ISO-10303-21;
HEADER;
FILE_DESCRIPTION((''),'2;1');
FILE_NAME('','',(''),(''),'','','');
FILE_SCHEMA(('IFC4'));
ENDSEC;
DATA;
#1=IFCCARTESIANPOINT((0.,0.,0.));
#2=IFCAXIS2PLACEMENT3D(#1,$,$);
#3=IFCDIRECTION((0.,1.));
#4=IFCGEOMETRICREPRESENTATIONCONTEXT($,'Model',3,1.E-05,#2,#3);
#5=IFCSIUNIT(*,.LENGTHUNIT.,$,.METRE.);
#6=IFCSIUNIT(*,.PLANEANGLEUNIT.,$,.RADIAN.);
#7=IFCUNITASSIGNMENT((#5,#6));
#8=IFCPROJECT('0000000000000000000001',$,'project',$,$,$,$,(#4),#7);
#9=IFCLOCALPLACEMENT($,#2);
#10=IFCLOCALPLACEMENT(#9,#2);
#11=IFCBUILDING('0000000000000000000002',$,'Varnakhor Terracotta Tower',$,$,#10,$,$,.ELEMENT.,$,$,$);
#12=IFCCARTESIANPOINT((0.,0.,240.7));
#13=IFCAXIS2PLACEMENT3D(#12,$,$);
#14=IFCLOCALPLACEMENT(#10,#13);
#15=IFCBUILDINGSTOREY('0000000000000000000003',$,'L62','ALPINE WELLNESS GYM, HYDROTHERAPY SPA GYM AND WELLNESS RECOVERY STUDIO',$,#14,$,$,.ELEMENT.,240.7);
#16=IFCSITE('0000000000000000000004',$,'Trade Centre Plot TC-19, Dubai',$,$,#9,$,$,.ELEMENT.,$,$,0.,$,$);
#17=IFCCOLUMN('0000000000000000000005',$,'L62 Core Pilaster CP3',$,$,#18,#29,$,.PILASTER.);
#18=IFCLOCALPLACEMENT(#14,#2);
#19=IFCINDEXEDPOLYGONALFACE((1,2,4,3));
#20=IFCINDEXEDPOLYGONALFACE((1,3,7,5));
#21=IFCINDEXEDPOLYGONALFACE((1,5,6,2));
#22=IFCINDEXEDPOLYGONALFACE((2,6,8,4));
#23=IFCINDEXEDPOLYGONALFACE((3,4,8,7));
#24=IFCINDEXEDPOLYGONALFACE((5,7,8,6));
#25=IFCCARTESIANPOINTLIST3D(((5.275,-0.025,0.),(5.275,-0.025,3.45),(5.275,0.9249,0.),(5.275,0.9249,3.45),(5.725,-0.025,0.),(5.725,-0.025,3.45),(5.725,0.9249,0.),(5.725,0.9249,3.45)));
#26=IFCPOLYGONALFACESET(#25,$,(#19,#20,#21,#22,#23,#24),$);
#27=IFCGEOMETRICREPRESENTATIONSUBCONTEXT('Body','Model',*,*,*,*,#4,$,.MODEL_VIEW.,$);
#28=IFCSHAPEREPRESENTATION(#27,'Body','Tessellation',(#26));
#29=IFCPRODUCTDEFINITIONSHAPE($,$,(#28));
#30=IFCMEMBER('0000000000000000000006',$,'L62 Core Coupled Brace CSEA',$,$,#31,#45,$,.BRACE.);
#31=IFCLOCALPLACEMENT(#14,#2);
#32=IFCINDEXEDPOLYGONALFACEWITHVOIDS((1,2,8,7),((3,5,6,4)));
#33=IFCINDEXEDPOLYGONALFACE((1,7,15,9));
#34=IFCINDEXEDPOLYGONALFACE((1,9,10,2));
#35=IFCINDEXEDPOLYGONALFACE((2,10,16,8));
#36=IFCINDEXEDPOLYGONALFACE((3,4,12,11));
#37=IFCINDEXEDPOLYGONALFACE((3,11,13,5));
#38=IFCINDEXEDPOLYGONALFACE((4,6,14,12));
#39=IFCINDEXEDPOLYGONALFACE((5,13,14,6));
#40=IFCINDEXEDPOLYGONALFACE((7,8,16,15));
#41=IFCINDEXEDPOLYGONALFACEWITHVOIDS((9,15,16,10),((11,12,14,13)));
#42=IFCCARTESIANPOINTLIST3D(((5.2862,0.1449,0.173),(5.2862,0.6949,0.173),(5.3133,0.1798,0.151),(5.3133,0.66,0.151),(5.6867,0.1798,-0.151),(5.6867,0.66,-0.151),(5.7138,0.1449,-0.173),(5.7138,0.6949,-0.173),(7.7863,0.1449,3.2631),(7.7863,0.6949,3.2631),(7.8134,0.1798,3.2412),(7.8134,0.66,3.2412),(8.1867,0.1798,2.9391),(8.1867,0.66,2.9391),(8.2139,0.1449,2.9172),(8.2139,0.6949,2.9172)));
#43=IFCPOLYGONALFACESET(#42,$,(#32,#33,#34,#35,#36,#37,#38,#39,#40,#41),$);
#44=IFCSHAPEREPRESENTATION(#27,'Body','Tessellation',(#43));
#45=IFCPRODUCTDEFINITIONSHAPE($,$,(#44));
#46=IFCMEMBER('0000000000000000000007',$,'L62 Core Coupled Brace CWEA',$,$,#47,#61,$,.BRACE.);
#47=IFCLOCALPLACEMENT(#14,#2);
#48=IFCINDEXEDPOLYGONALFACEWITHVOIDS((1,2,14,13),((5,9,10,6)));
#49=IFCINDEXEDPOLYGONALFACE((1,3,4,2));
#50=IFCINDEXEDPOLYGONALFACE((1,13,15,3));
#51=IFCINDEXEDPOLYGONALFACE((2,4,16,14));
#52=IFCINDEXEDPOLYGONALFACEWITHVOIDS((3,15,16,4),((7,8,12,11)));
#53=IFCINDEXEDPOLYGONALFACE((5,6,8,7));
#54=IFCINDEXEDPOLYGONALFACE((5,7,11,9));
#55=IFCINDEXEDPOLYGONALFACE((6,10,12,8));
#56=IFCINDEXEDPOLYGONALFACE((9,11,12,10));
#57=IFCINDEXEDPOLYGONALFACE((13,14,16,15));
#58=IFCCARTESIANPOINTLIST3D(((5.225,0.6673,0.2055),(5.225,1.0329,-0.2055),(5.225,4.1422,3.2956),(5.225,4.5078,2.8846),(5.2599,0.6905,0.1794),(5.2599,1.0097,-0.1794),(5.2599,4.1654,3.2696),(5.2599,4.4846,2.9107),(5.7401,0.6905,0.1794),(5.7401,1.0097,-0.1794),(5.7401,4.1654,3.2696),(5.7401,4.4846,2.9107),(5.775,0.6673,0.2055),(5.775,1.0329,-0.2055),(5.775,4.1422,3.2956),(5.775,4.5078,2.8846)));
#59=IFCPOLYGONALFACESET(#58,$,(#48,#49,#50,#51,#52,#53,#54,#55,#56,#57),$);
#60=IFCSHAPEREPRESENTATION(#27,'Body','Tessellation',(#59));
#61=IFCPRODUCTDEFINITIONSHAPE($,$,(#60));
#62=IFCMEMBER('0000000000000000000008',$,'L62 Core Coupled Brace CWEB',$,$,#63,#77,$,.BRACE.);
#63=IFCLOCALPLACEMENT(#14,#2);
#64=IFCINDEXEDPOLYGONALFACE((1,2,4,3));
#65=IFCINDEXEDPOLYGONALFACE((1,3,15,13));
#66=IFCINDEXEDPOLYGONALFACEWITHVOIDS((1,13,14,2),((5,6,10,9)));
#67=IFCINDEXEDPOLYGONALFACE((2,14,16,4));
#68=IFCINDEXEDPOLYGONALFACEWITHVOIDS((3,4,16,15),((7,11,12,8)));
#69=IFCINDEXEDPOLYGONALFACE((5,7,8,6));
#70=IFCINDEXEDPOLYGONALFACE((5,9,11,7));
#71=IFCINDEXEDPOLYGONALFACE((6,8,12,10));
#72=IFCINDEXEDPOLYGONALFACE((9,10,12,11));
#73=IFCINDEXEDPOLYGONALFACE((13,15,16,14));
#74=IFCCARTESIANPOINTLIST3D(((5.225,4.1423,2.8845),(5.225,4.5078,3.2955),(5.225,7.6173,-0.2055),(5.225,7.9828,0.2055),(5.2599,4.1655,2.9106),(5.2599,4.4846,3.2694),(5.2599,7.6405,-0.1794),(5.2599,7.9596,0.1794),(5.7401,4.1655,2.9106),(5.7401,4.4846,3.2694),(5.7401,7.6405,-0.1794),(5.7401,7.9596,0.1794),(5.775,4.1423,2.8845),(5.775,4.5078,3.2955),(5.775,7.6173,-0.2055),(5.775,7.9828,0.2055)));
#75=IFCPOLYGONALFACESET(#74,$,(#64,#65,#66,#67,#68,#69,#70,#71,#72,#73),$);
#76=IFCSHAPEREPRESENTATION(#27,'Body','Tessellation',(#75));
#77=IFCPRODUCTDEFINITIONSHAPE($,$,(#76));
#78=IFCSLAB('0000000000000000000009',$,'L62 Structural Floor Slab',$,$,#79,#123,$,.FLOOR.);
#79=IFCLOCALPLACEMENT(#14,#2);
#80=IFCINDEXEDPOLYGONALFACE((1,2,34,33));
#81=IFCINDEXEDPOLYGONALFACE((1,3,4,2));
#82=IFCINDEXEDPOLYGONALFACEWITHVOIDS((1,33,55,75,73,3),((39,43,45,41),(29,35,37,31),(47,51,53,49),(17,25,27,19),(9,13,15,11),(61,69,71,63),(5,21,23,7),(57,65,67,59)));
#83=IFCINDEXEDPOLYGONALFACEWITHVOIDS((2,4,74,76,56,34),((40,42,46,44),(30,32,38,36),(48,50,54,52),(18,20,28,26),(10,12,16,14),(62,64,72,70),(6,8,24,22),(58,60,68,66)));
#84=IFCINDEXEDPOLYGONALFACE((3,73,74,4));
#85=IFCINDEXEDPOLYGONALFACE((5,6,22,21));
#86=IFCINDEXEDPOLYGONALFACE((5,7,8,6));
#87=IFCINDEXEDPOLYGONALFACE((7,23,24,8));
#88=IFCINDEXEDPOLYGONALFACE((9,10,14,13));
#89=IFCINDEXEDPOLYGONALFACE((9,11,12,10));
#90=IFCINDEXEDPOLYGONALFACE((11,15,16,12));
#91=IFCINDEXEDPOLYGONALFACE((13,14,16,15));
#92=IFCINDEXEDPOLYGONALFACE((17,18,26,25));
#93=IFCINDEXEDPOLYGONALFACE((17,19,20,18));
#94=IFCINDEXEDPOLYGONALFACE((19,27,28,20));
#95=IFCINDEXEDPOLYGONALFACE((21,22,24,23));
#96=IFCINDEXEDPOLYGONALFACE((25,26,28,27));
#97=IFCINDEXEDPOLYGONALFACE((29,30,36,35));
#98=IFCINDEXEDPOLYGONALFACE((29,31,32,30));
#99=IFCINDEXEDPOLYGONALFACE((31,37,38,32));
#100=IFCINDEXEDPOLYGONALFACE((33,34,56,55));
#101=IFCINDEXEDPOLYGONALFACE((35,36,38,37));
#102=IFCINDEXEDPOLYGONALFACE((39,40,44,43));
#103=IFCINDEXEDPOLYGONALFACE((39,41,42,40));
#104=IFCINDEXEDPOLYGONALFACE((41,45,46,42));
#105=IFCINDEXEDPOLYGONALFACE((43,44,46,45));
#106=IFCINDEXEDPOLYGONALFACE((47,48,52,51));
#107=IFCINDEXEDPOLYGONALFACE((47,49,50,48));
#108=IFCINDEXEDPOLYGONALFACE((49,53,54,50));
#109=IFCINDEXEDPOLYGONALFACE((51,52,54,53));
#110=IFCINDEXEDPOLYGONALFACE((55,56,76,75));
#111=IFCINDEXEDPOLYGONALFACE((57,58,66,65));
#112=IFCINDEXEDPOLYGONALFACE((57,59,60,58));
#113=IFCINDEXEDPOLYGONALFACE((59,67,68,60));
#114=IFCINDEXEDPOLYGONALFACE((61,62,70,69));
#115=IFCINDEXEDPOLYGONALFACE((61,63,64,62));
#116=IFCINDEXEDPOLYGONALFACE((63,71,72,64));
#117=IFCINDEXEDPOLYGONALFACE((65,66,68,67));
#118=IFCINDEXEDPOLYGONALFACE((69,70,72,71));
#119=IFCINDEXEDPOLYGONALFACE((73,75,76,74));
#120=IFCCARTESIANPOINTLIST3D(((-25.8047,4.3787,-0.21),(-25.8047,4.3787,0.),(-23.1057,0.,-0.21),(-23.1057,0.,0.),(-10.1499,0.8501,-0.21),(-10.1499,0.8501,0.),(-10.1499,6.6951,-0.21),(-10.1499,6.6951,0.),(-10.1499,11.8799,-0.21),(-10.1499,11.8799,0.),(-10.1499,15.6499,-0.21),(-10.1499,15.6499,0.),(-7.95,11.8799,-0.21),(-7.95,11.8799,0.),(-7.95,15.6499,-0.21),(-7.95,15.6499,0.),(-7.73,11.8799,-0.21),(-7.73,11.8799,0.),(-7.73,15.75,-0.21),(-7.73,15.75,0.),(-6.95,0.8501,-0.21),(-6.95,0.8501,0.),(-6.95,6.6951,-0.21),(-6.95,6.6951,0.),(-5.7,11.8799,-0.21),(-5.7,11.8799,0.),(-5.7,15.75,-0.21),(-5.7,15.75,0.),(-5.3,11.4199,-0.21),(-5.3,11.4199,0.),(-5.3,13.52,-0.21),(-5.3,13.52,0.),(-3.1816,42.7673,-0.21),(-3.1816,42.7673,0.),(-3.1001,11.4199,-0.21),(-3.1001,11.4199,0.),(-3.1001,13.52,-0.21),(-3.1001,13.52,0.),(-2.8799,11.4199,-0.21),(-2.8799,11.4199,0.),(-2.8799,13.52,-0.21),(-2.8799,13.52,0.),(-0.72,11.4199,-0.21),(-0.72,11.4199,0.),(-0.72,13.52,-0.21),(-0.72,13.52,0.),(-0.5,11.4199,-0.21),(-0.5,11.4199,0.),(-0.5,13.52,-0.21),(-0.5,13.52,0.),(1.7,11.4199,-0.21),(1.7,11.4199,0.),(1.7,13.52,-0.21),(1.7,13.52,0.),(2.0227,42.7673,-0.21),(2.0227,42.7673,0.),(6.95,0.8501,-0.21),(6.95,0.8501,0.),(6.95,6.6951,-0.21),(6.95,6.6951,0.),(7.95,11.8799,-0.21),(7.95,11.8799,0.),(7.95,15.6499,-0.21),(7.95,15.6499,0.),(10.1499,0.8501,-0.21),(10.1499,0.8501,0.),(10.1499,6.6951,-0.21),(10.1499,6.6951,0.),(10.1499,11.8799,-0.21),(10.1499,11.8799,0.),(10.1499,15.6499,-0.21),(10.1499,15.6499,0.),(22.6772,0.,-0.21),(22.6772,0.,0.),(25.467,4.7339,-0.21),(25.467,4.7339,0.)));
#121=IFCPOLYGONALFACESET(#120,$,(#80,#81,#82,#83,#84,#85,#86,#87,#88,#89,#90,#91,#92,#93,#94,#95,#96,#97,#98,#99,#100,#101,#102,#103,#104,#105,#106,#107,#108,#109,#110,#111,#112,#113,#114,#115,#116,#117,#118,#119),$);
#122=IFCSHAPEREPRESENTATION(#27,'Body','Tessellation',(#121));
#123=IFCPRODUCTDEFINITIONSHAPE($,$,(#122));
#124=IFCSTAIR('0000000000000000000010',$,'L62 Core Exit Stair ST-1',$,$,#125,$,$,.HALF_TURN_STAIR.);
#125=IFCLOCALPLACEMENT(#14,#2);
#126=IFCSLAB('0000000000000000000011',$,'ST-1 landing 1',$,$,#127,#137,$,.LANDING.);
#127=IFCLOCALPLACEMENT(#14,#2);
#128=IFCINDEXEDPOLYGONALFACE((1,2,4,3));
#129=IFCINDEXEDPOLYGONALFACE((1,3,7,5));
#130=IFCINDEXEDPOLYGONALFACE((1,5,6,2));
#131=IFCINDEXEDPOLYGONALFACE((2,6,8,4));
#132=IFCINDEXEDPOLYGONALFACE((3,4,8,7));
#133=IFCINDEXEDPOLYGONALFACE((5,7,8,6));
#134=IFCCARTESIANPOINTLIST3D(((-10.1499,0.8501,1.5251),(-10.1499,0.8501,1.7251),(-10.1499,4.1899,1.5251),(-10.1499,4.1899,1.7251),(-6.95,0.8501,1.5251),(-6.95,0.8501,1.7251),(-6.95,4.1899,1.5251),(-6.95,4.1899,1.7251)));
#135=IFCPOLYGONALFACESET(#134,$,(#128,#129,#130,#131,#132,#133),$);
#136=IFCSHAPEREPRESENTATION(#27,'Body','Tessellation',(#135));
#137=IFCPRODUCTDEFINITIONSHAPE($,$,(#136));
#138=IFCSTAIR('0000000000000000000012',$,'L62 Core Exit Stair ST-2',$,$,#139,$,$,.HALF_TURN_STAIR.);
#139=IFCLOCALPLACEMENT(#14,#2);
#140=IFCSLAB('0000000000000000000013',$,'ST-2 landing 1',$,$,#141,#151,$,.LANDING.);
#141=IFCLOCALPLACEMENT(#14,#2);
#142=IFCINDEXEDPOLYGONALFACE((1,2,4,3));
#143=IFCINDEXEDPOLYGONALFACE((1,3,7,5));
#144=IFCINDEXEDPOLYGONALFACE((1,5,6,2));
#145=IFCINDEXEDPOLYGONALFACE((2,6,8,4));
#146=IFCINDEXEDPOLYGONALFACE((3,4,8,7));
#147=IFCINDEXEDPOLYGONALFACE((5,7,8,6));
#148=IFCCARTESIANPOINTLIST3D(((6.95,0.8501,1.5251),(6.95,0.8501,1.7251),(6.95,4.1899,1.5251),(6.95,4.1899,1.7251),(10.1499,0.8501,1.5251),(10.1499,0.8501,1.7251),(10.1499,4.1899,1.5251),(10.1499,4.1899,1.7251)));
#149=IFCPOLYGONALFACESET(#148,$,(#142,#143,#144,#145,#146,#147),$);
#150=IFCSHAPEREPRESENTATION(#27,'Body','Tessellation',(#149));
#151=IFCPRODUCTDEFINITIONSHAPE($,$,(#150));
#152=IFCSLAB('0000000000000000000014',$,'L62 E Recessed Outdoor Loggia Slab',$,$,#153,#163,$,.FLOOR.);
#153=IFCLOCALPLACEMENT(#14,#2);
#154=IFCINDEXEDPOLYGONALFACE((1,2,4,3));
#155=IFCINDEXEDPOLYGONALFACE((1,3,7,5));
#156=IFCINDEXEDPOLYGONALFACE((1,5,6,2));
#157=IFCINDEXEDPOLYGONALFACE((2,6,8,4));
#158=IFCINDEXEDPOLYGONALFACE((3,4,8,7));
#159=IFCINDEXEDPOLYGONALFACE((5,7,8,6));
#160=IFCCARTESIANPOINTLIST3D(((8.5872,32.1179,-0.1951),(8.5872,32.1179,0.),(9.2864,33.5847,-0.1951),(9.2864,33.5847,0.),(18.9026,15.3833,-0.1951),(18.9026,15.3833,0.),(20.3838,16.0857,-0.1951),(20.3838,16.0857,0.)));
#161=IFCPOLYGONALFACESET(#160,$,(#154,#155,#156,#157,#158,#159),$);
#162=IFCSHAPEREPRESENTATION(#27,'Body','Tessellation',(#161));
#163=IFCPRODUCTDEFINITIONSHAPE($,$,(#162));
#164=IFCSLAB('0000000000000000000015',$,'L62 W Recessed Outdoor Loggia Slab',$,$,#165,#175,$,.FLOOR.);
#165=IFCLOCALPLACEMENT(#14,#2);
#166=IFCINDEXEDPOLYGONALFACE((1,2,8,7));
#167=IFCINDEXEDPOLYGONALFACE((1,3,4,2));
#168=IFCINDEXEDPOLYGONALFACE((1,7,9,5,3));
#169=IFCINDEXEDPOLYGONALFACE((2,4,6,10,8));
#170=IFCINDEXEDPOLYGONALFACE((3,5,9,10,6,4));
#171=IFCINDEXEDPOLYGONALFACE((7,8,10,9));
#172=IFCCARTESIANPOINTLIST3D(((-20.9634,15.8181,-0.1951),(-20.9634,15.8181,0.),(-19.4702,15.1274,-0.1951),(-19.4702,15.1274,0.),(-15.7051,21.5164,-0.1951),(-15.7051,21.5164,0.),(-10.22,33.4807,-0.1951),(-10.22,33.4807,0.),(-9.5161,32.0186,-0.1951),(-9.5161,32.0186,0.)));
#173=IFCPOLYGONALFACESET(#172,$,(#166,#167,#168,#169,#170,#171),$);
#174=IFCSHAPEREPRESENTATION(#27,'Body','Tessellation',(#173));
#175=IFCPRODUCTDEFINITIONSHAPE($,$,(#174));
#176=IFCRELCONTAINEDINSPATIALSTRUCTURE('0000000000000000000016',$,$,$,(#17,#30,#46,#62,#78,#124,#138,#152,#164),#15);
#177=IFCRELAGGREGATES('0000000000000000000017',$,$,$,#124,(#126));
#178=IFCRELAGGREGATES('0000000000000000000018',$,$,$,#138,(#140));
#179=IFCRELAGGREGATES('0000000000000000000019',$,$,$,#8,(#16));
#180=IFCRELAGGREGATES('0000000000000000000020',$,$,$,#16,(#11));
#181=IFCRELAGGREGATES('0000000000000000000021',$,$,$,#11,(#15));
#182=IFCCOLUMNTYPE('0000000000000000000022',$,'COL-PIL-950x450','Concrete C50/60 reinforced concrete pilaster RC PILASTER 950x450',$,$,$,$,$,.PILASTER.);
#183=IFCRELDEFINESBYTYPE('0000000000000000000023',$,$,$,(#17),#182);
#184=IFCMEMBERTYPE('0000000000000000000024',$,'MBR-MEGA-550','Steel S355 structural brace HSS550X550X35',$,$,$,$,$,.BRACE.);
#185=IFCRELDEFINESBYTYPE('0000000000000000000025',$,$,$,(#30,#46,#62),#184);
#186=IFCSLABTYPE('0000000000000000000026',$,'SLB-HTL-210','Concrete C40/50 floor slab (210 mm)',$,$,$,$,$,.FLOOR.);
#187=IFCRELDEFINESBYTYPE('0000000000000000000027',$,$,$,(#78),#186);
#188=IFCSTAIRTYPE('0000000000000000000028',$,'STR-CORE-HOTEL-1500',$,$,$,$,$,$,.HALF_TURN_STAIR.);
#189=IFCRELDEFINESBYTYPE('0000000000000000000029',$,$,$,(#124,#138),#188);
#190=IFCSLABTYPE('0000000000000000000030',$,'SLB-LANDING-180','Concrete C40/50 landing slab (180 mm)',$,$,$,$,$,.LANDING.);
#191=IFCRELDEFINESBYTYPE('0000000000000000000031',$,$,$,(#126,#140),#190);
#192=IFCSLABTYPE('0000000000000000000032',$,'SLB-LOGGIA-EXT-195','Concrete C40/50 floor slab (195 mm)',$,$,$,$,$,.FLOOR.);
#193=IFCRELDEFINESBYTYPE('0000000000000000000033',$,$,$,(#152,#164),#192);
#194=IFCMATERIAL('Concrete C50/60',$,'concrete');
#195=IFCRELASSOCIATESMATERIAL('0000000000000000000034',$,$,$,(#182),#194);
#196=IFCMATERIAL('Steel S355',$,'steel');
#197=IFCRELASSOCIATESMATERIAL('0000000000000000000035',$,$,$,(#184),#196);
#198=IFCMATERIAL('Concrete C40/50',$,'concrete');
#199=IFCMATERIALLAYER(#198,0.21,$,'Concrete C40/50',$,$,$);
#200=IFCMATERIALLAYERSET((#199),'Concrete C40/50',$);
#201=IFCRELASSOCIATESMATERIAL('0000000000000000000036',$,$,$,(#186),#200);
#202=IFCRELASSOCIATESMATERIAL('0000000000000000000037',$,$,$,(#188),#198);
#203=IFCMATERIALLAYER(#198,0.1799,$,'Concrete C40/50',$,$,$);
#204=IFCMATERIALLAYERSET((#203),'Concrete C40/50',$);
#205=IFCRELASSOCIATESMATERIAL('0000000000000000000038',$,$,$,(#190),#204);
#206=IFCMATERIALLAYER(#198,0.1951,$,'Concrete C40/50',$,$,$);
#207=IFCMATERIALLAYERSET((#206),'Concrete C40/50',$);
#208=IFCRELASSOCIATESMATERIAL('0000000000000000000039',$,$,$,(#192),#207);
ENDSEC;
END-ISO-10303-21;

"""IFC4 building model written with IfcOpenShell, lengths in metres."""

from ifc_helpers import new_model, si_unit, direction, frame, origin, origin_2d, place, context, subcontext, project, spatial, polyline, rectangle, hollow_rectangle, outline, extrude, source, transform, mapped, material, layer, layer_set, material_profile, profile_set, type_object, element, aggregate, save


model = new_model("IFC4")

# Units and contexts
model_context = context("Model", 3, precision=1e-05, world=origin(), true_north=direction((0.0, 1.0)))
body_context = subcontext(model_context, "Body", "Model", "MODEL_VIEW")
ifc_project = project(units=[si_unit("LENGTHUNIT", "METRE"), si_unit("PLANEANGLEUNIT", "RADIAN")], contexts=[model_context])

# Site, building, storey
site_placement = place(None, origin())
site = spatial("IfcSite", under=ifc_project, at=site_placement, Name="Trade Centre Plot TC-19, Dubai", CompositionType="ELEMENT", RefElevation=0.0)
building_placement = place(site_placement, origin())
building = spatial("IfcBuilding", under=site, at=building_placement, Name="Varnakhor Terracotta Tower", CompositionType="ELEMENT")
storey_placement = place(building_placement, frame((0.0, 0.0, 240.7)))
storey = spatial("IfcBuildingStorey", under=building, at=storey_placement, Name="L62", Description="ALPINE WELLNESS GYM, HYDROTHERAPY SPA GYM AND WELLNESS RECOVERY STUDIO", CompositionType="ELEMENT", Elevation=240.7)

# Column
ifc_material_1 = material(Name="Concrete C50/60", Category="concrete")
ifc_material_profile_1 = material_profile(ifc_material_1, rectangle(XDim=0.45, YDim=0.95, at=origin_2d()), Name="RC PILASTER 950x450")
ifc_profile_set_1 = profile_set([ifc_material_profile_1], Name="Concrete C50/60")
column_type = type_object("IfcColumnType", Name="COL-PIL-950x450", Description="Concrete C50/60 reinforced concrete pilaster RC PILASTER 950x450", PredefinedType="PILASTER", material=ifc_profile_set_1)
shared_shape_1 = source(origin(), body_context, "Body", "SweptSolid", [
    extrude(rectangle(XDim=0.45, YDim=0.95, at=origin_2d()), origin(), (0.0, 0.0, 1.0), 3.45),
])
column_placement = place(storey_placement, frame((5.5, 0.45, 0.0), z_axis=(0.0, 0.0, 1.0), x_axis=(1.0, 0.0, 0.0)))
element("IfcColumn", 1, at=column_placement, inside=storey, type_object=column_type, Name="L62 Core Pilaster CP3", PredefinedType="PILASTER", context=body_context, shape_type="MappedRepresentation", body=[
    mapped(shared_shape_1, transform((0.0, 0.0, 0.0), scale=1.0)),
])

# Members
ifc_material_2 = material(Name="Steel S355", Category="steel")
ifc_material_profile_2 = material_profile(ifc_material_2, hollow_rectangle(XDim=0.55, YDim=0.55, WallThickness=0.0349, at=origin_2d()), Name="HSS550X550X35")
ifc_profile_set_2 = profile_set([ifc_material_profile_2], Name="Steel S355")
member_type = type_object("IfcMemberType", Name="MBR-MEGA-550", Description="Steel S355 structural brace HSS550X550X35", PredefinedType="BRACE", material=ifc_profile_set_2)
shared_shape_2 = source(origin(), body_context, "Body", "SweptSolid", [
    extrude(hollow_rectangle(XDim=0.55, YDim=0.55, WallThickness=0.0349, at=origin_2d()), origin(), (0.0, 0.0, 1.0), 3.9749),
])
member_placement = place(storey_placement, frame((5.5, 0.4199, 0.0), z_axis=(0.62897, 0.0, 0.777429), x_axis=(0.0, 1.0, 0.0)))
element("IfcMember", 2, at=member_placement, inside=storey, type_object=member_type, Name="L62 Core Coupled Brace CSEA", PredefinedType="BRACE", context=body_context, shape_type="MappedRepresentation", body=[
    mapped(shared_shape_2, transform((0.0, 0.0, 0.0), scale=1.0)),
])
shared_shape_3 = source(origin(), body_context, "Body", "SweptSolid", [
    extrude(hollow_rectangle(XDim=0.55, YDim=0.55, WallThickness=0.0349, at=origin_2d()), origin(), (0.0, 0.0, 1.0), 4.6501),
])
for number, where, z_axis, x_axis, name in (
    (3, (5.5, 0.8501, 0.0), (0.0, 0.747267, 0.664524), (-1.0, 0.0, 0.0), "L62 Core Coupled Brace CWEA"),
    (4, (5.5, 7.8, 0.0), (0.0, -0.747291, 0.664497), (1.0, 0.0, 0.0), "L62 Core Coupled Brace CWEB"),
):
    element("IfcMember", number, at=place(storey_placement, frame(where, z_axis=z_axis, x_axis=x_axis)), inside=storey, type_object=member_type, Name=name, PredefinedType="BRACE", context=body_context, shape_type="MappedRepresentation", body=[
        mapped(shared_shape_3, transform((0.0, 0.0, 0.0), scale=1.0)),
    ])

# Slab
ifc_material_3 = material(Name="Concrete C40/50", Category="concrete")
ifc_layer_1 = layer(ifc_material_3, 0.21, Name="Concrete C40/50")
ifc_layer_set_1 = layer_set([ifc_layer_1], Name="Concrete C40/50")
slab_type_1 = type_object("IfcSlabType", Name="SLB-HTL-210", Description="Concrete C40/50 floor slab (210 mm)", PredefinedType="FLOOR", material=ifc_layer_set_1)
slab_1_placement = place(storey_placement, frame((0.0, 0.0, -0.21)))
element("IfcSlab", 5, at=slab_1_placement, inside=storey, type_object=slab_type_1, Name="L62 Structural Floor Slab", PredefinedType="FLOOR", context=body_context, shape_type="SweptSolid", body=[
    extrude(outline(polyline([(-25.8047, 4.3787), (-3.1816, 42.7673), (2.0227, 42.7673), (25.467, 4.7339), (22.6772, 0.0), (-23.1057, 0.0), (-25.8047, 4.3787)]), holes=[polyline([(-6.95, 0.8501), (-6.95, 6.6951), (-10.1499, 6.6951), (-10.1499, 0.8501), (-6.95, 0.8501)]), polyline([(10.1499, 0.8501), (10.1499, 6.6951), (6.95, 6.6951), (6.95, 0.8501), (10.1499, 0.8501)]), polyline([(-3.1001, 11.4199), (-3.1001, 13.52), (-5.3, 13.52), (-5.3, 11.4199), (-3.1001, 11.4199)]), polyline([(-0.72, 11.4199), (-0.72, 13.52), (-2.8799, 13.52), (-2.8799, 11.4199), (-0.72, 11.4199)]), polyline([(1.7, 11.4199), (1.7, 13.52), (-0.5, 13.52), (-0.5, 11.4199), (1.7, 11.4199)]), polyline([(-7.95, 11.8799), (-7.95, 15.6499), (-10.1499, 15.6499), (-10.1499, 11.8799), (-7.95, 11.8799)]), polyline([(10.1499, 11.8799), (10.1499, 15.6499), (7.95, 15.6499), (7.95, 11.8799), (10.1499, 11.8799)]), polyline([(-5.7, 11.8799), (-5.7, 15.75), (-7.73, 15.75), (-7.73, 11.8799), (-5.7, 11.8799)])]), origin(), (0.0, 0.0, 1.0), 0.21),
])

# Stairs, slabs
stair_type = type_object("IfcStairType", Name="STR-CORE-HOTEL-1500", PredefinedType="HALF_TURN_STAIR", material=ifc_material_3)
stair_1_placement = place(storey_placement, origin())
stair_1 = element("IfcStair", 6, at=stair_1_placement, inside=storey, type_object=stair_type, Name="L62 Core Exit Stair ST-1", PredefinedType="HALF_TURN_STAIR")
ifc_layer_2 = layer(ifc_material_3, 0.1799, Name="Concrete C40/50")
ifc_layer_set_2 = layer_set([ifc_layer_2], Name="Concrete C40/50")
slab_type_2 = type_object("IfcSlabType", Name="SLB-LANDING-180", Description="Concrete C40/50 landing slab (180 mm)", PredefinedType="LANDING", material=ifc_layer_set_2)
slab_2_placement = place(storey_placement, frame((0.0, 0.0, 1.5251)))
slab_2 = element("IfcSlab", 7, at=slab_2_placement, type_object=slab_type_2, Name="ST-1 landing 1", PredefinedType="LANDING", context=body_context, shape_type="SweptSolid", body=[
    extrude(outline(polyline([(-10.1499, 4.1899), (-10.1499, 0.8501), (-6.95, 0.8501), (-6.95, 4.1899), (-10.1499, 4.1899)])), origin(), (0.0, 0.0, 1.0), 0.2),
])
aggregate(stair_1, [slab_2])
stair_2_placement = place(storey_placement, origin())
stair_2 = element("IfcStair", 8, at=stair_2_placement, inside=storey, type_object=stair_type, Name="L62 Core Exit Stair ST-2", PredefinedType="HALF_TURN_STAIR")
slab_3_placement = place(storey_placement, frame((0.0, 0.0, 1.5251)))
slab_3 = element("IfcSlab", 9, at=slab_3_placement, type_object=slab_type_2, Name="ST-2 landing 1", PredefinedType="LANDING", context=body_context, shape_type="SweptSolid", body=[
    extrude(outline(polyline([(6.95, 4.1899), (6.95, 0.8501), (10.1499, 0.8501), (10.1499, 4.1899), (6.95, 4.1899)])), origin(), (0.0, 0.0, 1.0), 0.2),
])

# Slabs
ifc_layer_3 = layer(ifc_material_3, 0.1951, Name="Concrete C40/50")
ifc_layer_set_3 = layer_set([ifc_layer_3], Name="Concrete C40/50")
slab_type_3 = type_object("IfcSlabType", Name="SLB-LOGGIA-EXT-195", Description="Concrete C40/50 floor slab (195 mm)", PredefinedType="FLOOR", material=ifc_layer_set_3)
slab_4_placement = place(storey_placement, frame((0.0, 0.0, -0.1951)))
element("IfcSlab", 10, at=slab_4_placement, inside=storey, type_object=slab_type_3, Name="L62 E Recessed Outdoor Loggia Slab", PredefinedType="FLOOR", context=body_context, shape_type="SweptSolid", body=[
    extrude(outline(polyline([(9.2864, 33.5847), (20.3838, 16.0857), (18.9026, 15.3833), (8.5872, 32.1179), (9.2864, 33.5847)])), origin(), (0.0, 0.0, 1.0), 0.1951),
])
slab_5_placement = place(storey_placement, frame((0.0, 0.0, -0.1951)))
element("IfcSlab", 11, at=slab_5_placement, inside=storey, type_object=slab_type_3, Name="L62 W Recessed Outdoor Loggia Slab", PredefinedType="FLOOR", context=body_context, shape_type="SweptSolid", body=[
    extrude(outline(polyline([(-20.9634, 15.8181), (-10.22, 33.4807), (-9.5161, 32.0186), (-15.7051, 21.5164), (-19.4702, 15.1274), (-20.9634, 15.8181)])), origin(), (0.0, 0.0, 1.0), 0.1951),
])

aggregate(stair_2, [slab_3])

save(model, "model.ifc")
